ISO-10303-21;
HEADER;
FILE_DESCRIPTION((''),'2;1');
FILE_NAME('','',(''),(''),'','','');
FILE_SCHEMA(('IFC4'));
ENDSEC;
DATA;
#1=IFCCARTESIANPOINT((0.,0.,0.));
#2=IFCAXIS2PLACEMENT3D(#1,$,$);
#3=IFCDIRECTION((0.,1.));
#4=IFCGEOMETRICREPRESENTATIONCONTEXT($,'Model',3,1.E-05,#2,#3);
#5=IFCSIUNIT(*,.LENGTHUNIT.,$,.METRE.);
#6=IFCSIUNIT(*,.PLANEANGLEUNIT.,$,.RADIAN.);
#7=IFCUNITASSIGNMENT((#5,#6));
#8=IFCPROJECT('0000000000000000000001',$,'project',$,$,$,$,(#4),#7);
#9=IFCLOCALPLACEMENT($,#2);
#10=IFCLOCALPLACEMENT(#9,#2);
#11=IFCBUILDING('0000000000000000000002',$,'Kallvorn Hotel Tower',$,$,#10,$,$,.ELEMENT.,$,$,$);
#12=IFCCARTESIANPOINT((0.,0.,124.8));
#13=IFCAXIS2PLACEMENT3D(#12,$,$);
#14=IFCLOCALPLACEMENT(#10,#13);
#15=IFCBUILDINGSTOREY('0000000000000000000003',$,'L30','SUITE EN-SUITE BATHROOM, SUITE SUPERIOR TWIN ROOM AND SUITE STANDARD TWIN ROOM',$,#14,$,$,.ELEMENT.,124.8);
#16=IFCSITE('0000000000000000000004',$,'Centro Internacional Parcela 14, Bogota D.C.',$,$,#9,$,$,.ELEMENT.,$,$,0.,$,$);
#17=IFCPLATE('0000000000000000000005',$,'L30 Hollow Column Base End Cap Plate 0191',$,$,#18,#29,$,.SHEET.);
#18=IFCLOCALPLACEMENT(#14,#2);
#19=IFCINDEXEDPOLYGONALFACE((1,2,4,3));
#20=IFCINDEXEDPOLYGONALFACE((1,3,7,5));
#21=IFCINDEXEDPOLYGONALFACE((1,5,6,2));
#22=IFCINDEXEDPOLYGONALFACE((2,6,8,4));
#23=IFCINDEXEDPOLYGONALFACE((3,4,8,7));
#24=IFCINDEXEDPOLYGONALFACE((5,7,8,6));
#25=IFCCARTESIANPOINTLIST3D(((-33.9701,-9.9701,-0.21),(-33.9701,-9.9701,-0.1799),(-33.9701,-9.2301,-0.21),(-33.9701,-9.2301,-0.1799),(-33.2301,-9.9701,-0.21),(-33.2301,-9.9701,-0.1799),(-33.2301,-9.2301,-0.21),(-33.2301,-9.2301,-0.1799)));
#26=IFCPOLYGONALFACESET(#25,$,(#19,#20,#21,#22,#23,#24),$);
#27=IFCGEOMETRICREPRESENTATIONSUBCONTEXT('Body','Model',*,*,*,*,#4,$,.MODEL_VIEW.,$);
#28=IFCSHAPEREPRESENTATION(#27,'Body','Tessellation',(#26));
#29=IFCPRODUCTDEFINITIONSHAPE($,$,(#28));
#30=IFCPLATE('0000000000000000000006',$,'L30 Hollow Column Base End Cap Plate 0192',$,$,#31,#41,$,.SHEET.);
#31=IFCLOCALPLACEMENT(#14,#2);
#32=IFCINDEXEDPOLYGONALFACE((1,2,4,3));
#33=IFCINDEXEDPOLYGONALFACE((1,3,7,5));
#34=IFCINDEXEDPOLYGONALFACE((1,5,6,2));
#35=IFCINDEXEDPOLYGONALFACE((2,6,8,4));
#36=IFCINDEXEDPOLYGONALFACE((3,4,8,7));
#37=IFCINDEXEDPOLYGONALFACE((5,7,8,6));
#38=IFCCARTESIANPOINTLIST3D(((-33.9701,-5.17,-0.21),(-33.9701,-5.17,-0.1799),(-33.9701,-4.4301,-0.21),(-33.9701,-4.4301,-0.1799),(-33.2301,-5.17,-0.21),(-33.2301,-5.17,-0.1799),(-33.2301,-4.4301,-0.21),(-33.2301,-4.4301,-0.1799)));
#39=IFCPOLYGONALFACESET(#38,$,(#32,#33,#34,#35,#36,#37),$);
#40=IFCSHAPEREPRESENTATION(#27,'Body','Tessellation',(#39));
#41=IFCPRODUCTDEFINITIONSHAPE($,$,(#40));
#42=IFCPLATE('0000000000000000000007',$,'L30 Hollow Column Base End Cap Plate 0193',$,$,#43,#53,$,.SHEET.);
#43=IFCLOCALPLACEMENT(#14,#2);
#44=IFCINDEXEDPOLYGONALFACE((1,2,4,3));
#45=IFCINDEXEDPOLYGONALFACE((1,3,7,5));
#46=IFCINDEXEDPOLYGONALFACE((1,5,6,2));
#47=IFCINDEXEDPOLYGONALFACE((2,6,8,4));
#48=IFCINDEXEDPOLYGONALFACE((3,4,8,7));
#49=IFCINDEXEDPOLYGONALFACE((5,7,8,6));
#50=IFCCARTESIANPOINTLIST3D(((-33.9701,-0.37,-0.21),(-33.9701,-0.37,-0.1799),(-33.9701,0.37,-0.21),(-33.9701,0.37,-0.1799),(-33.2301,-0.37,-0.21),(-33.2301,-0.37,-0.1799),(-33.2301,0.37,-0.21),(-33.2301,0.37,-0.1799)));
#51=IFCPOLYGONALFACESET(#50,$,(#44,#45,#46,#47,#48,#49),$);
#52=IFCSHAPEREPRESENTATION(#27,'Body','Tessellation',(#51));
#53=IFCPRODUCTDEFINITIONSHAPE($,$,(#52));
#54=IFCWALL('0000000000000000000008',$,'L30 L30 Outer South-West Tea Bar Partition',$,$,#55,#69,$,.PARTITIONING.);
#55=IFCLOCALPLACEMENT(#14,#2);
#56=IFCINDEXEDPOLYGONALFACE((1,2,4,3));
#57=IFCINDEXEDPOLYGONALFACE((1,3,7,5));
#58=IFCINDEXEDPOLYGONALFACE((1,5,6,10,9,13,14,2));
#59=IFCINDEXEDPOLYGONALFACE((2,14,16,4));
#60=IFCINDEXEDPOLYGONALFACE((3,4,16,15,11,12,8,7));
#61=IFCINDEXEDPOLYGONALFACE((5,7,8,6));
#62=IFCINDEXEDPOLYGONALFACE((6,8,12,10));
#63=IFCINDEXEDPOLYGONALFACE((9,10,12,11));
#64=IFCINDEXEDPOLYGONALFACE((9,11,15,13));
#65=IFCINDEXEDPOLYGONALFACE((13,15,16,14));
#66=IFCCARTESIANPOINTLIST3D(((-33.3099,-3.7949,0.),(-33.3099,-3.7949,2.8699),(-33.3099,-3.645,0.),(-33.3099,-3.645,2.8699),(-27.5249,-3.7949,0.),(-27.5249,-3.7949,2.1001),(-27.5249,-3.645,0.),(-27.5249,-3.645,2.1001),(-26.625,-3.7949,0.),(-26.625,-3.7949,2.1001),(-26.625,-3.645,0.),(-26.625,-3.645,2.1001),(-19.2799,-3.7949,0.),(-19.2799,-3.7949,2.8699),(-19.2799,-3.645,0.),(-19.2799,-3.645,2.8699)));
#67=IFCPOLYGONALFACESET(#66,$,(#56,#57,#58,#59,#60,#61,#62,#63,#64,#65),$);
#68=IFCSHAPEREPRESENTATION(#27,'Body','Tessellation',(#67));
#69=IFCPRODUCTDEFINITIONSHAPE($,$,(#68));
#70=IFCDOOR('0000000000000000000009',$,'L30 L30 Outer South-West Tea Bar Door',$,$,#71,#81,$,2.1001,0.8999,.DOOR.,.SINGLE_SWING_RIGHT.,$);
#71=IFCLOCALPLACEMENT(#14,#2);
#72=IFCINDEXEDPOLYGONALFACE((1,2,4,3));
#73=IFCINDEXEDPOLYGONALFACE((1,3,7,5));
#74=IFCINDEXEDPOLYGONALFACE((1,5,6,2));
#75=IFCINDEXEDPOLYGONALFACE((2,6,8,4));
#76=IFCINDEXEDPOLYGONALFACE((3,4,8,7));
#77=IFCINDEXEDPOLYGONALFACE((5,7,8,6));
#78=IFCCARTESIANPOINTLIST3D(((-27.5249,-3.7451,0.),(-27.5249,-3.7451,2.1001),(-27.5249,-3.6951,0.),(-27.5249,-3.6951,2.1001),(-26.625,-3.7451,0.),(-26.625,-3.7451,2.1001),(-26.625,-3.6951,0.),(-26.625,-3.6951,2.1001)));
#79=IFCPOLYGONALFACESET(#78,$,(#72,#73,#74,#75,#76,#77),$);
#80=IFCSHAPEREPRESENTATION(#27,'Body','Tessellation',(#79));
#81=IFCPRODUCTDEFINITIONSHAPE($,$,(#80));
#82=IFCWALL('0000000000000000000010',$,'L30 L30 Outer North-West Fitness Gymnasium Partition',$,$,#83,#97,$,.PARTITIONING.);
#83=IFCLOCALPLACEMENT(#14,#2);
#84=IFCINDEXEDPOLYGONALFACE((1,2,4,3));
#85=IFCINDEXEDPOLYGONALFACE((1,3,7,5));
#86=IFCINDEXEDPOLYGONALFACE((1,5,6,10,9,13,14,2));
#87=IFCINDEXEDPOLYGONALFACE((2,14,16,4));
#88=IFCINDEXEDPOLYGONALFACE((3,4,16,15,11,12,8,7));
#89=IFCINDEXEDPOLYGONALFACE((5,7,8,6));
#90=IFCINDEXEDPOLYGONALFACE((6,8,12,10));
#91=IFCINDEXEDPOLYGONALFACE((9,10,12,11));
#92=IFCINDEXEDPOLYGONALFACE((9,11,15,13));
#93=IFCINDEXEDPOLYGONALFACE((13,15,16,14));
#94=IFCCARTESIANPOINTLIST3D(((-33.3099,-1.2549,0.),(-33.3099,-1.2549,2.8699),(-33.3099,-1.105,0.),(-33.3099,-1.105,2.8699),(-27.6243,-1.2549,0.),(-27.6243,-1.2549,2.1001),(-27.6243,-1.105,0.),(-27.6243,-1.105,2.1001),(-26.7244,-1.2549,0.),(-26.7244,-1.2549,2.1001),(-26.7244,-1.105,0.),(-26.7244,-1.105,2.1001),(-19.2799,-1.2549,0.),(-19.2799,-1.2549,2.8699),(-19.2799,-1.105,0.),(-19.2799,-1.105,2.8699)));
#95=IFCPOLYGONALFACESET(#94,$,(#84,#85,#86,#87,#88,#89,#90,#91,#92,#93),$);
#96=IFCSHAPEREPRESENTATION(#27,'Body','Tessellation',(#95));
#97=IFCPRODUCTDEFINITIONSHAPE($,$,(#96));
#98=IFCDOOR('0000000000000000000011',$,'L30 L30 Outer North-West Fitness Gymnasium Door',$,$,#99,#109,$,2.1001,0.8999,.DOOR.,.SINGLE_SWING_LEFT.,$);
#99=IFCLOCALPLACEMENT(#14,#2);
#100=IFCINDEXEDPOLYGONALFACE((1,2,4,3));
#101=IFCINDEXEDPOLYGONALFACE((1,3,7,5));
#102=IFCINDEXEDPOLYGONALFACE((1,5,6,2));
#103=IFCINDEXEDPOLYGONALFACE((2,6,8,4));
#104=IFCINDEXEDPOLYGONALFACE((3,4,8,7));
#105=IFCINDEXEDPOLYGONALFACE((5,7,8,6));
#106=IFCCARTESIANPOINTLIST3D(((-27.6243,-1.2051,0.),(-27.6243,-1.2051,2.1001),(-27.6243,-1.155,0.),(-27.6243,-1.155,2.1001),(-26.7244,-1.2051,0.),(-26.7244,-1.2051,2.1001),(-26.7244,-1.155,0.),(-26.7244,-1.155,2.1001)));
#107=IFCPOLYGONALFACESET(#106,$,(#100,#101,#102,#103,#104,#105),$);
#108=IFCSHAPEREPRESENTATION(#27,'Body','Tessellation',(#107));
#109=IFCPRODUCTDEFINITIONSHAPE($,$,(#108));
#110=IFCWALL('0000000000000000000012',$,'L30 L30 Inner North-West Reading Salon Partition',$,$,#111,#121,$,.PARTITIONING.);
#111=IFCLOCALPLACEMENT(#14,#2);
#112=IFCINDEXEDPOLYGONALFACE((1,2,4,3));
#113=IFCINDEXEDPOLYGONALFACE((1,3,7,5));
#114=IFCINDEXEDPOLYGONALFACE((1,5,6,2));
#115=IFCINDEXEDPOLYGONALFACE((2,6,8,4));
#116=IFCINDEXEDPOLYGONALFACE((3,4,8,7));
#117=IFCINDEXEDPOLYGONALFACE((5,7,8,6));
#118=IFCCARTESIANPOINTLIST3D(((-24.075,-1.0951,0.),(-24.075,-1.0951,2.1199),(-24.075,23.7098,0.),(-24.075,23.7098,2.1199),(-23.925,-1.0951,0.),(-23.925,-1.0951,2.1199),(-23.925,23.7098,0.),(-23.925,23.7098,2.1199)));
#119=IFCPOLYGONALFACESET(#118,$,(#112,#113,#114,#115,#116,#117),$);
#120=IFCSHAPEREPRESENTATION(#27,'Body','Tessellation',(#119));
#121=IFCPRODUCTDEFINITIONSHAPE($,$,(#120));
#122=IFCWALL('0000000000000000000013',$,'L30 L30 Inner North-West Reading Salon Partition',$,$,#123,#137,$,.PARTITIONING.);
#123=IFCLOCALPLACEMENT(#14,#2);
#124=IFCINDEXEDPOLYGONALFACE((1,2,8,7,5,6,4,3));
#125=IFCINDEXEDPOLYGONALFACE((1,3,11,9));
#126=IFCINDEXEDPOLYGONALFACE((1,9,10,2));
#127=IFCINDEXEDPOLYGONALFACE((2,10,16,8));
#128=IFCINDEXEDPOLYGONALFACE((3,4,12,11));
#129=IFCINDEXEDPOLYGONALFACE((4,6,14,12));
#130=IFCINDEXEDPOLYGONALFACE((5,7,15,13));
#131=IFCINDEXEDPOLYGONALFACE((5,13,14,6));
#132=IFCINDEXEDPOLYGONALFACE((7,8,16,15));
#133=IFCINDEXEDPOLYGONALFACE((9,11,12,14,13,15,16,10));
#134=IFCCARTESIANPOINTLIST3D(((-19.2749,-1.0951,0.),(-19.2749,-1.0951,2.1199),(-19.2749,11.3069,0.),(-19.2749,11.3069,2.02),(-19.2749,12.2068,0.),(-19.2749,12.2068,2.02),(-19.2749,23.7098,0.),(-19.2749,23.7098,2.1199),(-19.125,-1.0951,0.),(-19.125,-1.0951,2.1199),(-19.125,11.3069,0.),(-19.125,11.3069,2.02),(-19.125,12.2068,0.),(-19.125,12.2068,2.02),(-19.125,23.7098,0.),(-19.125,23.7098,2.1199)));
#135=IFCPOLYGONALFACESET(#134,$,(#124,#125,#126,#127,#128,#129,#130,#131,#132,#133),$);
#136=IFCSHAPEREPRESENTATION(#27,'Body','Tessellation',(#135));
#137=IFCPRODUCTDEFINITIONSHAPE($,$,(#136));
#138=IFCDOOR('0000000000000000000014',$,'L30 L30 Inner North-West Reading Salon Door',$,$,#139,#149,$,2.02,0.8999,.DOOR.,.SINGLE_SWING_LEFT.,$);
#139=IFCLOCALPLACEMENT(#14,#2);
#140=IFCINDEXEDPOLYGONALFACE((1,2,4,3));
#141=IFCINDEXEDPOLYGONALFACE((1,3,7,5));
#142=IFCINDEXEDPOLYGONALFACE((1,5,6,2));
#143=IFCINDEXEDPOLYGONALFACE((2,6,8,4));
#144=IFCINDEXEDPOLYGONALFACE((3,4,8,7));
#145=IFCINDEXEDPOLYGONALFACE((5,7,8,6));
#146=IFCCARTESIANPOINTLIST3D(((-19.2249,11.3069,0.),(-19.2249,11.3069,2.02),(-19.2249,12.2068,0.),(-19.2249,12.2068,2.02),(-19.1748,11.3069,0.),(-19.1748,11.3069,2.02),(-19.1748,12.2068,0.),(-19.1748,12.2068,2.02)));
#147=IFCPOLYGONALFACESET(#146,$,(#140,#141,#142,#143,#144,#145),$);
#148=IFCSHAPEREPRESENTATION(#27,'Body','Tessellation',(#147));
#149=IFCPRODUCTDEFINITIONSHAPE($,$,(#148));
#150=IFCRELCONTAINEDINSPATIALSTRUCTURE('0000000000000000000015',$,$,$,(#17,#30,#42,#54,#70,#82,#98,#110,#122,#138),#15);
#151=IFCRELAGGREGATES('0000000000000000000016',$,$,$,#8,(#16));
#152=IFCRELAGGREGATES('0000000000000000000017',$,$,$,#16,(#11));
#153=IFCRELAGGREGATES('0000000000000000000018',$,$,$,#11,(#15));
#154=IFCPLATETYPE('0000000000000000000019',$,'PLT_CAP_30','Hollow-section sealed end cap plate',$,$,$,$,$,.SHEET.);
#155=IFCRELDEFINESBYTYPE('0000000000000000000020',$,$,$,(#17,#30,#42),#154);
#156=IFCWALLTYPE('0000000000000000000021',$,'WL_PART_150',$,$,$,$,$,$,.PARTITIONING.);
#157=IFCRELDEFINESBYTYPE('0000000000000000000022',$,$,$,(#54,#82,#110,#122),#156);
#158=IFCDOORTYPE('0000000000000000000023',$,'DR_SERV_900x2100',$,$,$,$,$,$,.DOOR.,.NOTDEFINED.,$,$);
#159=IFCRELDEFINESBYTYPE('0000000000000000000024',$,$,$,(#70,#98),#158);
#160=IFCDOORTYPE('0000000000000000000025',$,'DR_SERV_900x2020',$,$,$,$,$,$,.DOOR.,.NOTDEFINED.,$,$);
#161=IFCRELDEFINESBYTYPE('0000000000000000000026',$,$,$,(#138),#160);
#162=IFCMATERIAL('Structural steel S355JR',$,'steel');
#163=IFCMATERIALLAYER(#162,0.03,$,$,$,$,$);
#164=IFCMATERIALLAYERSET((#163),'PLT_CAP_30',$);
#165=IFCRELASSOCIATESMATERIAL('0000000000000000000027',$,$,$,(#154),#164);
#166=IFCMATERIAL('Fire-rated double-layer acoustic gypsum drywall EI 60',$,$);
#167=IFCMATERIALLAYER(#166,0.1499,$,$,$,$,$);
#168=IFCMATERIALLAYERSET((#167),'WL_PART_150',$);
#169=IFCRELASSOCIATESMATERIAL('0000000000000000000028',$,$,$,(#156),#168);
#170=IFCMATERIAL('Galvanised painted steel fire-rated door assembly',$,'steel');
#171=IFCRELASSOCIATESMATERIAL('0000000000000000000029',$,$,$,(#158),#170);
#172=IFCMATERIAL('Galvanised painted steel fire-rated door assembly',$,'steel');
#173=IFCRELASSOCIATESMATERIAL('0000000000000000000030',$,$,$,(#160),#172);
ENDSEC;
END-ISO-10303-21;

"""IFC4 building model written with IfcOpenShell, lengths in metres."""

from ifc_helpers import new_model, si_unit, direction, frame, frame_2d, origin, origin_2d, place, context, subcontext, project, spatial, rectangle, extrude, material, layer, layer_set, type_object, element, fill, save


model = new_model("IFC4")

# Units and contexts
model_context = context("Model", 3, precision=1e-05, world=origin(), true_north=direction((0.0, 1.0)))
body_context = subcontext(model_context, "Body", "Model", "MODEL_VIEW")
ifc_project = project(units=[si_unit("LENGTHUNIT", "METRE"), si_unit("PLANEANGLEUNIT", "RADIAN")], contexts=[model_context])

# Site, building, storey
site_placement = place(None, origin())
site = spatial("IfcSite", under=ifc_project, at=site_placement, Name="Centro Internacional Parcela 14, Bogota D.C.", CompositionType="ELEMENT", RefElevation=0.0)
building_placement = place(site_placement, origin())
building = spatial("IfcBuilding", under=site, at=building_placement, Name="Kallvorn Hotel Tower", CompositionType="ELEMENT")
storey_placement = place(building_placement, frame((0.0, 0.0, 124.8)))
storey = spatial("IfcBuildingStorey", under=building, at=storey_placement, Name="L30", Description="SUITE EN-SUITE BATHROOM, SUITE SUPERIOR TWIN ROOM AND SUITE STANDARD TWIN ROOM", CompositionType="ELEMENT", Elevation=124.8)

# Plates
ifc_material_1 = material(Name="Structural steel S355JR", Category="steel")
ifc_layer_1 = layer(ifc_material_1, 0.03)
ifc_layer_set_1 = layer_set([ifc_layer_1], Name="PLT_CAP_30")
plate_type = type_object("IfcPlateType", Name="PLT_CAP_30", Description="Hollow-section sealed end cap plate", PredefinedType="SHEET", material=ifc_layer_set_1)
for number, where, z_axis, x_axis, name in (
    (1, (-33.6001, -9.6001, -0.21), (0.0, 0.0, 1.0), (1.0, 0.0, 0.0), "L30 Hollow Column Base End Cap Plate 0191"),
    (2, (-33.6001, -4.8, -0.21), (0.0, 0.0, 1.0), (1.0, 0.0, 0.0), "L30 Hollow Column Base End Cap Plate 0192"),
    (3, (-33.6001, 0.0, -0.21), (0.0, 0.0, 1.0), (1.0, 0.0, 0.0), "L30 Hollow Column Base End Cap Plate 0193"),
):
    element("IfcPlate", number, at=place(storey_placement, frame(where, z_axis=z_axis, x_axis=x_axis)), inside=storey, type_object=plate_type, Name=name, PredefinedType="SHEET", context=body_context, shape_type="SweptSolid", body=[
        extrude(rectangle(XDim=0.74, YDim=0.74, at=origin_2d()), origin(), (0.0, 0.0, 1.0), 0.03),
    ])

# Walls, openings, doors
ifc_material_2 = material(Name="Fire-rated double-layer acoustic gypsum drywall EI 60")
ifc_layer_2 = layer(ifc_material_2, 0.1499)
ifc_layer_set_2 = layer_set([ifc_layer_2], Name="WL_PART_150")
wall_type = type_object("IfcWallType", Name="WL_PART_150", PredefinedType="PARTITIONING", material=ifc_layer_set_2)
wall_1_placement = place(storey_placement, frame((-33.3101, -3.72, 0.0), z_axis=(0.0, 0.0, 1.0), x_axis=(1.0, 0.0, 0.0)))
wall_1 = element("IfcWall", 4, at=wall_1_placement, inside=storey, type_object=wall_type, Name="L30 L30 Outer South-West Tea Bar Partition", PredefinedType="PARTITIONING", context=body_context, shape_type="SweptSolid", body=[
    extrude(rectangle(XDim=14.03, YDim=0.1499, at=frame_2d((7.0151, 0.0))), origin(), (0.0, 0.0, 1.0), 2.8699),
])
opening_1_placement = place(wall_1_placement, frame((5.7852, 0.0, 0.0)))
opening_1 = element("IfcOpeningElement", 5, at=opening_1_placement, cuts=wall_1, PredefinedType="OPENING", context=body_context, shape_type="SweptSolid", body=[
    extrude(rectangle(XDim=0.8999, YDim=2.1001, at=frame_2d((0.45, 1.05))), frame((0.0, 0.0898, 0.0), z_axis=(0.0, -1.0, 0.0), x_axis=(1.0, 0.0, 0.0)), (0.0, 0.0, 1.0), 0.1799),
])
ifc_material_3 = material(Name="Galvanised painted steel fire-rated door assembly", Category="steel")
door_type_1 = type_object("IfcDoorType", Name="DR_SERV_900x2100", OperationType="NOTDEFINED", PredefinedType="DOOR", material=ifc_material_3)
door_1_placement = place(opening_1_placement, origin())
door_1 = element("IfcDoor", 6, at=door_1_placement, inside=storey, type_object=door_type_1, Name="L30 L30 Outer South-West Tea Bar Door", OperationType="SINGLE_SWING_RIGHT", OverallHeight=2.1001, OverallWidth=0.8999, PredefinedType="DOOR", context=body_context, shape_type="SweptSolid", body=[
    extrude(rectangle(XDim=0.8999, YDim=2.1001, at=frame_2d((0.45, 1.05))), frame((0.0, 0.0249, 0.0), z_axis=(0.0, -1.0, 0.0), x_axis=(1.0, 0.0, 0.0)), (0.0, 0.0, 1.0), 0.05),
])
fill(opening_1, door_1)
wall_2_placement = place(storey_placement, frame((-33.3101, -1.1799, 0.0), z_axis=(0.0, 0.0, 1.0), x_axis=(1.0, 0.0, 0.0)))
wall_2 = element("IfcWall", 7, at=wall_2_placement, inside=storey, type_object=wall_type, Name="L30 L30 Outer North-West Fitness Gymnasium Partition", PredefinedType="PARTITIONING", context=body_context, shape_type="SweptSolid", body=[
    extrude(rectangle(XDim=14.03, YDim=0.1499, at=frame_2d((7.0151, 0.0))), origin(), (0.0, 0.0, 1.0), 2.8699),
])
opening_2_placement = place(wall_2_placement, frame((5.6858, 0.0, 0.0)))
opening_2 = element("IfcOpeningElement", 8, at=opening_2_placement, cuts=wall_2, PredefinedType="OPENING", context=body_context, shape_type="SweptSolid", body=[
    extrude(rectangle(XDim=0.8999, YDim=2.1001, at=frame_2d((0.45, 1.05))), frame((0.0, 0.0898, 0.0), z_axis=(0.0, -1.0, 0.0), x_axis=(1.0, 0.0, 0.0)), (0.0, 0.0, 1.0), 0.1799),
])
door_2_placement = place(opening_2_placement, origin())
door_2 = element("IfcDoor", 9, at=door_2_placement, inside=storey, type_object=door_type_1, Name="L30 L30 Outer North-West Fitness Gymnasium Door", OperationType="SINGLE_SWING_LEFT", OverallHeight=2.1001, OverallWidth=0.8999, PredefinedType="DOOR", context=body_context, shape_type="SweptSolid", body=[
    extrude(rectangle(XDim=0.8999, YDim=2.1001, at=frame_2d((0.45, 1.05))), frame((0.0, 0.0249, 0.0), z_axis=(0.0, -1.0, 0.0), x_axis=(1.0, 0.0, 0.0)), (0.0, 0.0, 1.0), 0.05),
])
fill(opening_2, door_2)

# Wall
wall_3_placement = place(storey_placement, frame((-24.0, -1.095, 0.0), z_axis=(0.0, 0.0, 1.0), x_axis=(0.0, 1.0, 0.0)))
element("IfcWall", 10, at=wall_3_placement, inside=storey, type_object=wall_type, Name="L30 L30 Inner North-West Reading Salon Partition", PredefinedType="PARTITIONING", context=body_context, shape_type="SweptSolid", body=[
    extrude(rectangle(XDim=24.8049, YDim=0.1499, at=frame_2d((12.4023, 0.0))), origin(), (0.0, 0.0, 1.0), 2.1199),
])

# Wall, opening, door
wall_4_placement = place(storey_placement, frame((-19.2, -1.095, 0.0), z_axis=(0.0, 0.0, 1.0), x_axis=(0.0, 1.0, 0.0)))
wall_4 = element("IfcWall", 11, at=wall_4_placement, inside=storey, type_object=wall_type, Name="L30 L30 Inner North-West Reading Salon Partition", PredefinedType="PARTITIONING", context=body_context, shape_type="SweptSolid", body=[
    extrude(rectangle(XDim=24.8049, YDim=0.1499, at=frame_2d((12.4023, 0.0))), origin(), (0.0, 0.0, 1.0), 2.1199),
])
opening_3_placement = place(wall_4_placement, frame((12.4019, 0.0, 0.0)))
opening_3 = element("IfcOpeningElement", 12, at=opening_3_placement, cuts=wall_4, PredefinedType="OPENING", context=body_context, shape_type="SweptSolid", body=[
    extrude(rectangle(XDim=0.8999, YDim=2.02, at=frame_2d((0.45, 1.01))), frame((0.0, 0.0898, 0.0), z_axis=(0.0, -1.0, 0.0), x_axis=(1.0, 0.0, 0.0)), (0.0, 0.0, 1.0), 0.1799),
])
ifc_material_4 = material(Name="Galvanised painted steel fire-rated door assembly", Category="steel")
door_type_2 = type_object("IfcDoorType", Name="DR_SERV_900x2020", OperationType="NOTDEFINED", PredefinedType="DOOR", material=ifc_material_4)
door_3_placement = place(opening_3_placement, origin())
door_3 = element("IfcDoor", 13, at=door_3_placement, inside=storey, type_object=door_type_2, Name="L30 L30 Inner North-West Reading Salon Door", OperationType="SINGLE_SWING_LEFT", OverallHeight=2.02, OverallWidth=0.8999, PredefinedType="DOOR", context=body_context, shape_type="SweptSolid", body=[
    extrude(rectangle(XDim=0.8999, YDim=2.02, at=frame_2d((0.45, 1.01))), frame((0.0, 0.0249, 0.0), z_axis=(0.0, -1.0, 0.0), x_axis=(1.0, 0.0, 0.0)), (0.0, 0.0, 1.0), 0.05),
])
fill(opening_3, door_3)

save(model, "model.ifc")
